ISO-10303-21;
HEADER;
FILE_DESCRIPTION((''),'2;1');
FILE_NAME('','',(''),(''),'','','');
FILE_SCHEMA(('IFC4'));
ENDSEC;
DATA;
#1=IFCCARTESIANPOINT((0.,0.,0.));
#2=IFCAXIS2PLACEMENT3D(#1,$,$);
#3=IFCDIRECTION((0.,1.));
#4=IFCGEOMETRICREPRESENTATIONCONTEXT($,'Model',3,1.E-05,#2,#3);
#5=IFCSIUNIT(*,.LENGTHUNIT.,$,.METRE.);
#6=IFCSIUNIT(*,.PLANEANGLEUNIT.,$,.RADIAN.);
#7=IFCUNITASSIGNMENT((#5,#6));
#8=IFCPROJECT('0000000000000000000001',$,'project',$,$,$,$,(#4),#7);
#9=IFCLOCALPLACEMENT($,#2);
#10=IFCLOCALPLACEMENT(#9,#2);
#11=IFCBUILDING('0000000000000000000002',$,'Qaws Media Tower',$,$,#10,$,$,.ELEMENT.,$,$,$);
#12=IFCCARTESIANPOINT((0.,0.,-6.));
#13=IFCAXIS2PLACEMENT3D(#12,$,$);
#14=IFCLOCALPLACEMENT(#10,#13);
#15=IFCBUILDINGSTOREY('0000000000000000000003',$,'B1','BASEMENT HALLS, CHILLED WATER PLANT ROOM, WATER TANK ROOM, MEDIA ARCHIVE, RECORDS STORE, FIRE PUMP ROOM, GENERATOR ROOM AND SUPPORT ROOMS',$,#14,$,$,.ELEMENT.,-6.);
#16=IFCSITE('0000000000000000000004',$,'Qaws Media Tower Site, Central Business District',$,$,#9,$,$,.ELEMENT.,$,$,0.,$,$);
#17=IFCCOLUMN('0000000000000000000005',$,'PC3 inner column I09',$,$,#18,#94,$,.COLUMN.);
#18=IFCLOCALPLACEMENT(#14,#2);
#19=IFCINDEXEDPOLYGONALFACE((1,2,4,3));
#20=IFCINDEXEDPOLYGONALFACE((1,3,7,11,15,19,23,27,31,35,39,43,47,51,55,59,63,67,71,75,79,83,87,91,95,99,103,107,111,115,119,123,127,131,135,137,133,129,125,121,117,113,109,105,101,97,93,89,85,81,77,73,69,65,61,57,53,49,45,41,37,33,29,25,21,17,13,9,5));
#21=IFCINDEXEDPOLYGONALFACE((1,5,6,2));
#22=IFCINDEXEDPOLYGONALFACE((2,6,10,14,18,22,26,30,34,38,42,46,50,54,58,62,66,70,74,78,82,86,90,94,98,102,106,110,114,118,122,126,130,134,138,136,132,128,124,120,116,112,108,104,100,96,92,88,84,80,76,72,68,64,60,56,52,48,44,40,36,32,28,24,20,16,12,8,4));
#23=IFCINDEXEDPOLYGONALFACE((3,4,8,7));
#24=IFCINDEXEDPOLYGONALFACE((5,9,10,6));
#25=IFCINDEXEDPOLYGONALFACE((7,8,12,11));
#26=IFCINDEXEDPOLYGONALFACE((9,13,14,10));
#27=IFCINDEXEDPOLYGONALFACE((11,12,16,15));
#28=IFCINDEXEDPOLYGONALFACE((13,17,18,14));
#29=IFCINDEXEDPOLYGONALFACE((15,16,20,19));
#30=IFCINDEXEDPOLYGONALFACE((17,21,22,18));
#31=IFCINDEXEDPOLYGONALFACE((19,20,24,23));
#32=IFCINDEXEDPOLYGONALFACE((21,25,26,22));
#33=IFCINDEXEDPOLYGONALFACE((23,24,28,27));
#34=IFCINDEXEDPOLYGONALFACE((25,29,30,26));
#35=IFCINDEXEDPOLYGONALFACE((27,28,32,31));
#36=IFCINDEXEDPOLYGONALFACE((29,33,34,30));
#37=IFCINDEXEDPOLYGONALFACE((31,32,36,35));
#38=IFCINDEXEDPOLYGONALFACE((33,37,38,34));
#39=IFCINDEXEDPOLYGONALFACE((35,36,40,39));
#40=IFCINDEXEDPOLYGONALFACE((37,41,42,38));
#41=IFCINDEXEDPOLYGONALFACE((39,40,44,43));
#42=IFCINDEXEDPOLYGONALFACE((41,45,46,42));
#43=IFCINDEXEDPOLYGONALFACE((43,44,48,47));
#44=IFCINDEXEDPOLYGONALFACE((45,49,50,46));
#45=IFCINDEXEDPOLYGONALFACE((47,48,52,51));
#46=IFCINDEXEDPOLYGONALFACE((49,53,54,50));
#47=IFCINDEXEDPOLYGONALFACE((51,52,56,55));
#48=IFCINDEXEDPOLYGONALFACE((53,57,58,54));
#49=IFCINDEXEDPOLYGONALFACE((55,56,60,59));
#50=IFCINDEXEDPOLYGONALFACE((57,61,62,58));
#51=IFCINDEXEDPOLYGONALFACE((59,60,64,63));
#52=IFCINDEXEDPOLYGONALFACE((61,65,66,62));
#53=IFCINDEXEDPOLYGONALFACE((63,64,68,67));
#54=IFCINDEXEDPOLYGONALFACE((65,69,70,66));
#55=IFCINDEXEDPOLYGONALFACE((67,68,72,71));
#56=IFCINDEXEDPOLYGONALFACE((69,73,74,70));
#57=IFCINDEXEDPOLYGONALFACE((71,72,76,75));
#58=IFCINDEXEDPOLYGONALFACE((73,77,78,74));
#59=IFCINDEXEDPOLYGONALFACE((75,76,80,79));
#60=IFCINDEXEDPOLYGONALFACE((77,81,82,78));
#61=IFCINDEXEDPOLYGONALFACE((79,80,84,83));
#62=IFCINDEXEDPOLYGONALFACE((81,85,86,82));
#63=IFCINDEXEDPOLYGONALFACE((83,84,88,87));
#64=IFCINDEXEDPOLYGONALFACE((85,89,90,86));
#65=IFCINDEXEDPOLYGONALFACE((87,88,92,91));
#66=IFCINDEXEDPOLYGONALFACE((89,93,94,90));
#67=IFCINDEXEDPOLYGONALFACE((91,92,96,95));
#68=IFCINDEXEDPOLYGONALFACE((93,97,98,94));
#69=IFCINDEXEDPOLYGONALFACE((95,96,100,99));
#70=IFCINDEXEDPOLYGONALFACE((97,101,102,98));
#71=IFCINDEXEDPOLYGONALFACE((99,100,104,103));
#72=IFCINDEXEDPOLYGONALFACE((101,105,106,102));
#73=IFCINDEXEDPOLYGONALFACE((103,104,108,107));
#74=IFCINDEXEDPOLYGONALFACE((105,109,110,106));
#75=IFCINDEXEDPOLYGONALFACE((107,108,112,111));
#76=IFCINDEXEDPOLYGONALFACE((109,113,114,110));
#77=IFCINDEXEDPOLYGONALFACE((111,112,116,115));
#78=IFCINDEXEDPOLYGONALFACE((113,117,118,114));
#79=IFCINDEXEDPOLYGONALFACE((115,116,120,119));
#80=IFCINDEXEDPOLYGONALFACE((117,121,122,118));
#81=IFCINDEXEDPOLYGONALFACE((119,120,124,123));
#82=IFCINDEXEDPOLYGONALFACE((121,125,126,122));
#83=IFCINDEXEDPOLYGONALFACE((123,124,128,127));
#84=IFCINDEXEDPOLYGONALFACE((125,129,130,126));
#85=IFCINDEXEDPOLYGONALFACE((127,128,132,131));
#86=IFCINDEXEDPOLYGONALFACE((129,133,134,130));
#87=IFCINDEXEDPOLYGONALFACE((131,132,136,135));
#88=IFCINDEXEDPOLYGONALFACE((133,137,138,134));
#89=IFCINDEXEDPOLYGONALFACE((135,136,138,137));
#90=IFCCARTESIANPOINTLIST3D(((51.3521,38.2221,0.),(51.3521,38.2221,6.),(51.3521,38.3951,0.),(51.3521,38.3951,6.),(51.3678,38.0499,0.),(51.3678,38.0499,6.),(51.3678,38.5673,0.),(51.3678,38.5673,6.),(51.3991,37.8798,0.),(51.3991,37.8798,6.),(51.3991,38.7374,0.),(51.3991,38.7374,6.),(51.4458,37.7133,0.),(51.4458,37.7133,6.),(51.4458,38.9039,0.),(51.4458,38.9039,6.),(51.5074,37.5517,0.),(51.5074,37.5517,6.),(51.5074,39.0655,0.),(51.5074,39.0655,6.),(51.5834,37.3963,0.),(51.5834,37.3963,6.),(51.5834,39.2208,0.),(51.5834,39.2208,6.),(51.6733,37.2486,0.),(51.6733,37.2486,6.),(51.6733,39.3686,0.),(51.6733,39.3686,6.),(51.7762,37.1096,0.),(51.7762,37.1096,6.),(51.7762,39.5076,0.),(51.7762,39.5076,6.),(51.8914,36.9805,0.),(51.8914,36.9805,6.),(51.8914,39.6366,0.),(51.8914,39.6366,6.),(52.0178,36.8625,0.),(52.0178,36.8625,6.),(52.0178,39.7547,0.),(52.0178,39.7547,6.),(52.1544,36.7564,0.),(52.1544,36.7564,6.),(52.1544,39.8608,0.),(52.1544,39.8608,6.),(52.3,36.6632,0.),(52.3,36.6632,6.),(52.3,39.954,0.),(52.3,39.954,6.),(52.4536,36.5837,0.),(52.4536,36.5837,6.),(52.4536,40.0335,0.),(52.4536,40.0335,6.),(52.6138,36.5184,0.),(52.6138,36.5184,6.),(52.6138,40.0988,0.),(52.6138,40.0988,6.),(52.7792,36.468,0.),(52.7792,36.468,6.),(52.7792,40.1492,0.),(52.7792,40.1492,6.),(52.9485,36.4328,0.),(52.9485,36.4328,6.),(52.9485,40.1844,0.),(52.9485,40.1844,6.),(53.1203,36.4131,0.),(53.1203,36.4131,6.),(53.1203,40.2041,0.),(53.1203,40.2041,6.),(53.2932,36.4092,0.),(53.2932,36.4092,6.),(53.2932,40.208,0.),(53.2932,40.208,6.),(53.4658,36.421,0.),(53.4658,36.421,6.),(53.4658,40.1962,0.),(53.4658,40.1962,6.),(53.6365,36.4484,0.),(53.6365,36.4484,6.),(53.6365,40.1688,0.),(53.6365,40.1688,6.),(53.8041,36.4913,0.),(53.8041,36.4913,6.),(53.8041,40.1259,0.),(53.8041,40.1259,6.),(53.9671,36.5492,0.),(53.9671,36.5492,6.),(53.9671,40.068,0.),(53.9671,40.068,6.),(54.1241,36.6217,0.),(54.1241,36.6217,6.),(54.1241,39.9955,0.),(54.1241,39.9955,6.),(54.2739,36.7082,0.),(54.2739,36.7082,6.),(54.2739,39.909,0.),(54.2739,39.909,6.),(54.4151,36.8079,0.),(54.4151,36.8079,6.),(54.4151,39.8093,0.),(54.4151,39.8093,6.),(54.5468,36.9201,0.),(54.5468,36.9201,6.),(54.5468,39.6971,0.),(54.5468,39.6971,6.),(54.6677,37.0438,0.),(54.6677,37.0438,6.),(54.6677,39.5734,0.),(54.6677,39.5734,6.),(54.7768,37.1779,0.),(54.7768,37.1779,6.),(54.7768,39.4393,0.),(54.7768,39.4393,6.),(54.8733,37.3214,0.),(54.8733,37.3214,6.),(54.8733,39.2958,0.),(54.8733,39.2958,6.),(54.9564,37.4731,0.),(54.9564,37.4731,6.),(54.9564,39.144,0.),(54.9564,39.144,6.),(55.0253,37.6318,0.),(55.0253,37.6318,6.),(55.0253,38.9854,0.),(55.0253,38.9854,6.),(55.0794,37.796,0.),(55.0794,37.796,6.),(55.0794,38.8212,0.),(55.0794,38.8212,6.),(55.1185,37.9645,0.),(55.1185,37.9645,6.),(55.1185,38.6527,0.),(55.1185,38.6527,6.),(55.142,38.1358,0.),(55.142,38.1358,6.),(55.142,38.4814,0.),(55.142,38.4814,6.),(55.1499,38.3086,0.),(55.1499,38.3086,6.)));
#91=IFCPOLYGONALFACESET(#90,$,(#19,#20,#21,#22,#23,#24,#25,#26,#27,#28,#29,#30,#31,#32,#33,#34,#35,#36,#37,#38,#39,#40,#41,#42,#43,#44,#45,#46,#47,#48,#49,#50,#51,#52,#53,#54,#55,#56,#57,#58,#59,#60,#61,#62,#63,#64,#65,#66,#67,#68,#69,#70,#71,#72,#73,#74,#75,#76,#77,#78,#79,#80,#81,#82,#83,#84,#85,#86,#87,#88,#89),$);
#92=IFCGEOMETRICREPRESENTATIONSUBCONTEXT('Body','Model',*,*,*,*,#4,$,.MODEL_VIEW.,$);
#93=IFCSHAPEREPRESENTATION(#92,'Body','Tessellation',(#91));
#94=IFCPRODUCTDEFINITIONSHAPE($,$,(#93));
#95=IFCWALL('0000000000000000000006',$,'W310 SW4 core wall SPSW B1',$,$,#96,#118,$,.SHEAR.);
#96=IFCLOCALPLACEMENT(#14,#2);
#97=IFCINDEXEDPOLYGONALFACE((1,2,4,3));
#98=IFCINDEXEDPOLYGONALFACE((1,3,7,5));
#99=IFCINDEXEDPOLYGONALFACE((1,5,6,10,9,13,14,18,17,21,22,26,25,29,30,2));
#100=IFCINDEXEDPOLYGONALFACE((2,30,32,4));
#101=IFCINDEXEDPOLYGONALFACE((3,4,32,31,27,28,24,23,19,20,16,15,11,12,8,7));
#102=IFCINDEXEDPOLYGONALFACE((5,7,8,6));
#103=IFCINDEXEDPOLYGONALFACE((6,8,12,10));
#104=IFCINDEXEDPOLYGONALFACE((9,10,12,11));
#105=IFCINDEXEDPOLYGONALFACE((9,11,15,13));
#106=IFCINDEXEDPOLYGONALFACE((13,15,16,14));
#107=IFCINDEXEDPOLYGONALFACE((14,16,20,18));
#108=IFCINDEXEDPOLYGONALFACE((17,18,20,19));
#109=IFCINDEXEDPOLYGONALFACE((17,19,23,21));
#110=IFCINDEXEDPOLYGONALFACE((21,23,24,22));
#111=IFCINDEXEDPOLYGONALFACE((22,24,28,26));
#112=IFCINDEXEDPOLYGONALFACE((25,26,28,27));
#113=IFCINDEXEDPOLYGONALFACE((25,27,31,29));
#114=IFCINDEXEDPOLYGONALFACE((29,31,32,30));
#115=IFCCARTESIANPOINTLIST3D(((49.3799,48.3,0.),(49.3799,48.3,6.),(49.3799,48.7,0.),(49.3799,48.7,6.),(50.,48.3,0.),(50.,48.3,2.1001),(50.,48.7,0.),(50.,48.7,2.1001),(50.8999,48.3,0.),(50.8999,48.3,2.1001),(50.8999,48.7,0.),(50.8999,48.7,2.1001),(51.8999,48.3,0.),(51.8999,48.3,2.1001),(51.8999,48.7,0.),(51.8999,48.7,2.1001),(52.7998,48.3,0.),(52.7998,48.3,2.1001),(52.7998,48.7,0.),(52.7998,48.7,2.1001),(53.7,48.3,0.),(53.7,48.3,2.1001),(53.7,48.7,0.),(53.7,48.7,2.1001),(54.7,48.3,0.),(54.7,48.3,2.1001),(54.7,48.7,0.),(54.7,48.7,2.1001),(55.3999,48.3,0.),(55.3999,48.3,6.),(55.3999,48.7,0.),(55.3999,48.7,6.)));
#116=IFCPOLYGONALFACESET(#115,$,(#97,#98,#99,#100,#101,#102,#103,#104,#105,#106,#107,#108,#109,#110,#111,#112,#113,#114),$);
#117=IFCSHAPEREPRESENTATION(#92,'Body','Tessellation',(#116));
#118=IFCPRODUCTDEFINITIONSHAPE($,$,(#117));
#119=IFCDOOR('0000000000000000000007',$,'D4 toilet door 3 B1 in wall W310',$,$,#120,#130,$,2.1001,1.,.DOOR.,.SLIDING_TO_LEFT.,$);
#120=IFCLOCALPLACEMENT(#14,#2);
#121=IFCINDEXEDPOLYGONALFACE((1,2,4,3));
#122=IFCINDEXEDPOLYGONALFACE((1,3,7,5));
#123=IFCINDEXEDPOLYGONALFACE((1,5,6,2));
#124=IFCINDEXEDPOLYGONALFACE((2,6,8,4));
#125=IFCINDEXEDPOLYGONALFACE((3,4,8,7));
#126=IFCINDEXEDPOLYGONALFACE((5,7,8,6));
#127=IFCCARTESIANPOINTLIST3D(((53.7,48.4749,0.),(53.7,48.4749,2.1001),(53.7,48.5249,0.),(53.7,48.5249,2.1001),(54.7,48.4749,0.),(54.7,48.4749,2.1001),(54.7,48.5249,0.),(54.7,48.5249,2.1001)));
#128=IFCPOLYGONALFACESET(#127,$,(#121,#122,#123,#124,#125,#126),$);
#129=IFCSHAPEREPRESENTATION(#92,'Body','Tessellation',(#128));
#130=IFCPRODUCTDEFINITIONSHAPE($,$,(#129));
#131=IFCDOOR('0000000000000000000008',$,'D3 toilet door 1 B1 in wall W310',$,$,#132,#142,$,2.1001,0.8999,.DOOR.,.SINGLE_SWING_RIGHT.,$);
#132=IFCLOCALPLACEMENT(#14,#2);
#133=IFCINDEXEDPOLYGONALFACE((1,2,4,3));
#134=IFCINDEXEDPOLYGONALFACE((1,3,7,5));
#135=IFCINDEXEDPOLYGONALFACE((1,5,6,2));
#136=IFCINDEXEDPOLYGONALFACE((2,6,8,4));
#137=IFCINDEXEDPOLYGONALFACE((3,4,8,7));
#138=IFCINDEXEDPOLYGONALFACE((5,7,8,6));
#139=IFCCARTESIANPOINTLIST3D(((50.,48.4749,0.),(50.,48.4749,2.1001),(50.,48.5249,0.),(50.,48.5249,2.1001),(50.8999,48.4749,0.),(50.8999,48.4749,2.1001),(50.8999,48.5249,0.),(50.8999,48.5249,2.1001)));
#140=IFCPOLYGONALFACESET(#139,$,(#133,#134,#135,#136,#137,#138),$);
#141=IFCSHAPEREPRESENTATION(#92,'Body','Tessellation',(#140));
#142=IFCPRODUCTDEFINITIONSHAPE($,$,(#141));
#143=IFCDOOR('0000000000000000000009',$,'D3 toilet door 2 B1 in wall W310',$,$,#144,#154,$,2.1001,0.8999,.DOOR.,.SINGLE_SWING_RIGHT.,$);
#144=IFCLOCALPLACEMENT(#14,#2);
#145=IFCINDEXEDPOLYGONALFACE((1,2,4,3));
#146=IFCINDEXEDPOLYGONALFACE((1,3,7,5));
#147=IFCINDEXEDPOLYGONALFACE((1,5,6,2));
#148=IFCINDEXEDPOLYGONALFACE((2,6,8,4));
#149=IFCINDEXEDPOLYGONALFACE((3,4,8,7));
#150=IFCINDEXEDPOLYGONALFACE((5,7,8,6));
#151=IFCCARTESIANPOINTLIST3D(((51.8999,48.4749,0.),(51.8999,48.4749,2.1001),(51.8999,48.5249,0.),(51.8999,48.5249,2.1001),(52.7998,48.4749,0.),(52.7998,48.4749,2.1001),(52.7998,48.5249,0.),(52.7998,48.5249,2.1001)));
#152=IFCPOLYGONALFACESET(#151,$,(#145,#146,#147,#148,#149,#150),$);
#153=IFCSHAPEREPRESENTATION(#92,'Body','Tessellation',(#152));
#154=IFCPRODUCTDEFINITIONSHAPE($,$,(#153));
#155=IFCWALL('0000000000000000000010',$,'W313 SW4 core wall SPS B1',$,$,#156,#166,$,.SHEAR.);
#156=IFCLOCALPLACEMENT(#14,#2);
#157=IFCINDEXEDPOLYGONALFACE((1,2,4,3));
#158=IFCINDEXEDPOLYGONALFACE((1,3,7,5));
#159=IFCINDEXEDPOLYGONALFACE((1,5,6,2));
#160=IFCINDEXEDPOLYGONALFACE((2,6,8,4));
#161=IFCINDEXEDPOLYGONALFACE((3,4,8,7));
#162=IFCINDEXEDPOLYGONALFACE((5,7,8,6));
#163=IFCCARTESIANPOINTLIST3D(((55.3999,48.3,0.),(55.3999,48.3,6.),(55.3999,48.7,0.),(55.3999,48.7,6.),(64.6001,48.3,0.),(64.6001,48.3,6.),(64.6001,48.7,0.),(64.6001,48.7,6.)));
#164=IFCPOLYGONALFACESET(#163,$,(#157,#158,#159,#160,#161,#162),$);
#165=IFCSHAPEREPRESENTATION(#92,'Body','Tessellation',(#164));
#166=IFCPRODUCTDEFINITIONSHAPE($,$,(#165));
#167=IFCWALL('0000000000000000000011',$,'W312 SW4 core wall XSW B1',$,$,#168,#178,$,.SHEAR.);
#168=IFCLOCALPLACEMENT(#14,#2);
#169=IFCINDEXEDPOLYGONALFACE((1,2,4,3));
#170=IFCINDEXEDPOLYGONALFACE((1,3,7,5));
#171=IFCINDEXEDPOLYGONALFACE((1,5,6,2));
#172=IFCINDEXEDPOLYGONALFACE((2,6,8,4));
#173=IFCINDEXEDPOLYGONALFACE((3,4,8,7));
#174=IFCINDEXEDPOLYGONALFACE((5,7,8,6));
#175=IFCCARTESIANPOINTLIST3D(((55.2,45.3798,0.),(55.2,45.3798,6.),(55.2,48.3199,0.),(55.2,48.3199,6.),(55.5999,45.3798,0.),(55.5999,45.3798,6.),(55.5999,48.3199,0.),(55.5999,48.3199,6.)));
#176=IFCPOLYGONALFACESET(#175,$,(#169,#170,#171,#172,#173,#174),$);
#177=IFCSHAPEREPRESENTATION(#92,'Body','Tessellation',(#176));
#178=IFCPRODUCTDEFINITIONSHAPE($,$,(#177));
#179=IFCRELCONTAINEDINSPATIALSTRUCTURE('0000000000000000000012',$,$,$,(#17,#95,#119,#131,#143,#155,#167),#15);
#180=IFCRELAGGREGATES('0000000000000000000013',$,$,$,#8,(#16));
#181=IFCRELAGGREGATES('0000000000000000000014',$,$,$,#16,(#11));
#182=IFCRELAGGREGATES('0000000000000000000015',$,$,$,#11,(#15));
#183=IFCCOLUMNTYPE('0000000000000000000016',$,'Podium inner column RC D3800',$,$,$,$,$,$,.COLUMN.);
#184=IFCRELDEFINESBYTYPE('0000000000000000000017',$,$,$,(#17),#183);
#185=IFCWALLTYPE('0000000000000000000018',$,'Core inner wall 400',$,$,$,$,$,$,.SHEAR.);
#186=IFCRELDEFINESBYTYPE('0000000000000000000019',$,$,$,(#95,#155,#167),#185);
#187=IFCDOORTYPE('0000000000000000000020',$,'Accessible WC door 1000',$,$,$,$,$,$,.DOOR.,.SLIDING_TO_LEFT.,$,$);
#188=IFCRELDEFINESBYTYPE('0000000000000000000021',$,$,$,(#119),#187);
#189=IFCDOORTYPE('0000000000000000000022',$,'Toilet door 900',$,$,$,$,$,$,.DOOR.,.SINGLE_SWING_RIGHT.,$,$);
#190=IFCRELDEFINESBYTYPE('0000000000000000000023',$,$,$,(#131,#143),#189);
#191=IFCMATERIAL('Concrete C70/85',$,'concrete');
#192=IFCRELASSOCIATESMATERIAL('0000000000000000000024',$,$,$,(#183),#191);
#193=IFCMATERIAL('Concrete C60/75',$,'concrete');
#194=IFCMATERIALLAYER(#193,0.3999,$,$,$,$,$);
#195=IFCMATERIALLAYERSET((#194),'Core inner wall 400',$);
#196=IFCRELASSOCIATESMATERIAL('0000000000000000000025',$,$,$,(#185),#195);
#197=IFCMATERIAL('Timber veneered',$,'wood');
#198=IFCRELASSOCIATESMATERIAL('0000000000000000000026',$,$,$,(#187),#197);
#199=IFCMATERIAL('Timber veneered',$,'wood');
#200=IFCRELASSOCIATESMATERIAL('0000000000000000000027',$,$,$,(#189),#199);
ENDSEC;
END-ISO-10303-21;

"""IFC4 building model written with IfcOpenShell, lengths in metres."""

from ifc_helpers import new_model, si_unit, direction, frame, frame_2d, origin, origin_2d, place, context, subcontext, project, spatial, rectangle, circle, extrude, material, layer, layer_set, material_profile, profile_set, type_object, element, fill, save


model = new_model("IFC4")

# Units and contexts
model_context = context("Model", 3, precision=1e-05, world=origin(), true_north=direction((0.0, 1.0)))
body_context = subcontext(model_context, "Body", "Model", "MODEL_VIEW")
ifc_project = project(units=[si_unit("LENGTHUNIT", "METRE"), si_unit("PLANEANGLEUNIT", "RADIAN")], contexts=[model_context])

# Site, building, storey
site_placement = place(None, origin())
site = spatial("IfcSite", under=ifc_project, at=site_placement, Name="Qaws Media Tower Site, Central Business District", CompositionType="ELEMENT", RefElevation=0.0)
building_placement = place(site_placement, origin())
building = spatial("IfcBuilding", under=site, at=building_placement, Name="Qaws Media Tower", CompositionType="ELEMENT")
storey_placement = place(building_placement, frame((0.0, 0.0, -6.0)))
storey = spatial("IfcBuildingStorey", under=building, at=storey_placement, Name="B1", Description="BASEMENT HALLS, CHILLED WATER PLANT ROOM, WATER TANK ROOM, MEDIA ARCHIVE, RECORDS STORE, FIRE PUMP ROOM, GENERATOR ROOM AND SUPPORT ROOMS", CompositionType="ELEMENT", Elevation=-6.0)

# Column
ifc_material_1 = material(Name="Concrete C70/85", Category="concrete")
ifc_material_profile_1 = material_profile(ifc_material_1, circle(Radius=1.8999, at=origin_2d()), Name="RC D3800")
ifc_profile_set_1 = profile_set([ifc_material_profile_1], Name="Concrete C70/85")
column_type = type_object("IfcColumnType", Name="Podium inner column RC D3800", PredefinedType="COLUMN", material=ifc_profile_set_1)
for number, where, z_axis, x_axis, name in (
    (1, (53.25, 38.3086, 0.0), (0.0, 0.0, 1.0), (1.0, 0.0, 0.0), "PC3 inner column I09"),
):
    element("IfcColumn", number, at=place(storey_placement, frame(where, z_axis=z_axis, x_axis=x_axis)), inside=storey, type_object=column_type, Name=name, PredefinedType="COLUMN", context=body_context, shape_type="SweptSolid", body=[
        extrude(circle(Radius=1.8999, at=origin_2d()), origin(), (0.0, 0.0, 1.0), 6.0),
    ])

# Wall, openings, doors
ifc_material_2 = material(Name="Concrete C60/75", Category="concrete")
ifc_layer_1 = layer(ifc_material_2, 0.3999)
ifc_layer_set_1 = layer_set([ifc_layer_1], Name="Core inner wall 400")
wall_type_1 = type_object("IfcWallType", Name="Core inner wall 400", PredefinedType="SHEAR", material=ifc_layer_set_1)
wall_1_placement = place(storey_placement, frame((49.3799, 48.5, 0.0), z_axis=(0.0, 0.0, 1.0), x_axis=(1.0, 0.0, 0.0)))
wall_1 = element("IfcWall", 2, at=wall_1_placement, inside=storey, type_object=wall_type_1, Name="W310 SW4 core wall SPSW B1", PredefinedType="SHEAR", context=body_context, shape_type="SweptSolid", body=[
    extrude(rectangle(XDim=6.02, YDim=0.3999, at=frame_2d((3.01, 0.0))), origin(), (0.0, 0.0, 1.0), 6.0),
])
opening_1_placement = place(wall_1_placement, frame((0.6201, 0.0, 0.0)))
opening_1 = element("IfcOpeningElement", 3, at=opening_1_placement, cuts=wall_1, PredefinedType="OPENING", context=body_context, shape_type="SweptSolid", body=[
    extrude(rectangle(XDim=0.8999, YDim=2.1001, at=frame_2d((0.45, 1.05))), frame((0.0, 0.21, 0.0), z_axis=(0.0, -1.0, 0.0), x_axis=(1.0, 0.0, 0.0)), (0.0, 0.0, 1.0), 0.4199),
])
opening_2_placement = place(wall_1_placement, frame((2.52, 0.0, 0.0)))
opening_2 = element("IfcOpeningElement", 4, at=opening_2_placement, cuts=wall_1, PredefinedType="OPENING", context=body_context, shape_type="SweptSolid", body=[
    extrude(rectangle(XDim=0.8999, YDim=2.1001, at=frame_2d((0.45, 1.05))), frame((0.0, 0.21, 0.0), z_axis=(0.0, -1.0, 0.0), x_axis=(1.0, 0.0, 0.0)), (0.0, 0.0, 1.0), 0.4199),
])
opening_3_placement = place(wall_1_placement, frame((4.3201, 0.0, 0.0)))
opening_3 = element("IfcOpeningElement", 5, at=opening_3_placement, cuts=wall_1, PredefinedType="OPENING", context=body_context, shape_type="SweptSolid", body=[
    extrude(rectangle(XDim=1.0, YDim=2.1001, at=frame_2d((0.5, 1.05))), frame((0.0, 0.21, 0.0), z_axis=(0.0, -1.0, 0.0), x_axis=(1.0, 0.0, 0.0)), (0.0, 0.0, 1.0), 0.4199),
])
ifc_material_3 = material(Name="Timber veneered", Category="wood")
door_type_1 = type_object("IfcDoorType", Name="Accessible WC door 1000", OperationType="SLIDING_TO_LEFT", PredefinedType="DOOR", material=ifc_material_3)
door_1_placement = place(opening_3_placement, origin())
door_1 = element("IfcDoor", 6, at=door_1_placement, inside=storey, type_object=door_type_1, Name="D4 toilet door 3 B1 in wall W310", OperationType="SLIDING_TO_LEFT", OverallHeight=2.1001, OverallWidth=1.0, PredefinedType="DOOR", context=body_context, shape_type="SweptSolid", body=[
    extrude(rectangle(XDim=1.0, YDim=2.1001, at=frame_2d((0.5, 1.05))), frame((0.0, 0.0249, 0.0), z_axis=(0.0, -1.0, 0.0), x_axis=(1.0, 0.0, 0.0)), (0.0, 0.0, 1.0), 0.05),
])
fill(opening_3, door_1)
ifc_material_4 = material(Name="Timber veneered", Category="wood")
door_type_2 = type_object("IfcDoorType", Name="Toilet door 900", OperationType="SINGLE_SWING_RIGHT", PredefinedType="DOOR", material=ifc_material_4)
door_2_placement = place(opening_1_placement, origin())
door_2 = element("IfcDoor", 7, at=door_2_placement, inside=storey, type_object=door_type_2, Name="D3 toilet door 1 B1 in wall W310", OperationType="SINGLE_SWING_RIGHT", OverallHeight=2.1001, OverallWidth=0.8999, PredefinedType="DOOR", context=body_context, shape_type="SweptSolid", body=[
    extrude(rectangle(XDim=0.8999, YDim=2.1001, at=frame_2d((0.45, 1.05))), frame((0.0, 0.0249, 0.0), z_axis=(0.0, -1.0, 0.0), x_axis=(1.0, 0.0, 0.0)), (0.0, 0.0, 1.0), 0.05),
])
fill(opening_1, door_2)
door_3_placement = place(opening_2_placement, origin())
door_3 = element("IfcDoor", 8, at=door_3_placement, inside=storey, type_object=door_type_2, Name="D3 toilet door 2 B1 in wall W310", OperationType="SINGLE_SWING_RIGHT", OverallHeight=2.1001, OverallWidth=0.8999, PredefinedType="DOOR", context=body_context, shape_type="SweptSolid", body=[
    extrude(rectangle(XDim=0.8999, YDim=2.1001, at=frame_2d((0.45, 1.05))), frame((0.0, 0.0249, 0.0), z_axis=(0.0, -1.0, 0.0), x_axis=(1.0, 0.0, 0.0)), (0.0, 0.0, 1.0), 0.05),
])
fill(opening_2, door_3)

# Walls
wall_2_placement = place(storey_placement, frame((55.3999, 48.5, 0.0), z_axis=(0.0, 0.0, 1.0), x_axis=(1.0, 0.0, 0.0)))
element("IfcWall", 9, at=wall_2_placement, inside=storey, type_object=wall_type_1, Name="W313 SW4 core wall SPS B1", PredefinedType="SHEAR", context=body_context, shape_type="SweptSolid", body=[
    extrude(rectangle(XDim=9.2002, YDim=0.3999, at=frame_2d((4.6001, 0.0))), origin(), (0.0, 0.0, 1.0), 6.0),
])
wall_3_placement = place(storey_placement, frame((55.3999, 48.3201, 0.0), z_axis=(0.0, 0.0, 1.0), x_axis=(0.0, -1.0, 0.0)))
element("IfcWall", 10, at=wall_3_placement, inside=storey, type_object=wall_type_1, Name="W312 SW4 core wall XSW B1", PredefinedType="SHEAR", context=body_context, shape_type="SweptSolid", body=[
    extrude(rectangle(XDim=2.9402, YDim=0.3999, at=frame_2d((1.4702, 0.0))), origin(), (0.0, 0.0, 1.0), 6.0),
])

save(model, "model.ifc")
